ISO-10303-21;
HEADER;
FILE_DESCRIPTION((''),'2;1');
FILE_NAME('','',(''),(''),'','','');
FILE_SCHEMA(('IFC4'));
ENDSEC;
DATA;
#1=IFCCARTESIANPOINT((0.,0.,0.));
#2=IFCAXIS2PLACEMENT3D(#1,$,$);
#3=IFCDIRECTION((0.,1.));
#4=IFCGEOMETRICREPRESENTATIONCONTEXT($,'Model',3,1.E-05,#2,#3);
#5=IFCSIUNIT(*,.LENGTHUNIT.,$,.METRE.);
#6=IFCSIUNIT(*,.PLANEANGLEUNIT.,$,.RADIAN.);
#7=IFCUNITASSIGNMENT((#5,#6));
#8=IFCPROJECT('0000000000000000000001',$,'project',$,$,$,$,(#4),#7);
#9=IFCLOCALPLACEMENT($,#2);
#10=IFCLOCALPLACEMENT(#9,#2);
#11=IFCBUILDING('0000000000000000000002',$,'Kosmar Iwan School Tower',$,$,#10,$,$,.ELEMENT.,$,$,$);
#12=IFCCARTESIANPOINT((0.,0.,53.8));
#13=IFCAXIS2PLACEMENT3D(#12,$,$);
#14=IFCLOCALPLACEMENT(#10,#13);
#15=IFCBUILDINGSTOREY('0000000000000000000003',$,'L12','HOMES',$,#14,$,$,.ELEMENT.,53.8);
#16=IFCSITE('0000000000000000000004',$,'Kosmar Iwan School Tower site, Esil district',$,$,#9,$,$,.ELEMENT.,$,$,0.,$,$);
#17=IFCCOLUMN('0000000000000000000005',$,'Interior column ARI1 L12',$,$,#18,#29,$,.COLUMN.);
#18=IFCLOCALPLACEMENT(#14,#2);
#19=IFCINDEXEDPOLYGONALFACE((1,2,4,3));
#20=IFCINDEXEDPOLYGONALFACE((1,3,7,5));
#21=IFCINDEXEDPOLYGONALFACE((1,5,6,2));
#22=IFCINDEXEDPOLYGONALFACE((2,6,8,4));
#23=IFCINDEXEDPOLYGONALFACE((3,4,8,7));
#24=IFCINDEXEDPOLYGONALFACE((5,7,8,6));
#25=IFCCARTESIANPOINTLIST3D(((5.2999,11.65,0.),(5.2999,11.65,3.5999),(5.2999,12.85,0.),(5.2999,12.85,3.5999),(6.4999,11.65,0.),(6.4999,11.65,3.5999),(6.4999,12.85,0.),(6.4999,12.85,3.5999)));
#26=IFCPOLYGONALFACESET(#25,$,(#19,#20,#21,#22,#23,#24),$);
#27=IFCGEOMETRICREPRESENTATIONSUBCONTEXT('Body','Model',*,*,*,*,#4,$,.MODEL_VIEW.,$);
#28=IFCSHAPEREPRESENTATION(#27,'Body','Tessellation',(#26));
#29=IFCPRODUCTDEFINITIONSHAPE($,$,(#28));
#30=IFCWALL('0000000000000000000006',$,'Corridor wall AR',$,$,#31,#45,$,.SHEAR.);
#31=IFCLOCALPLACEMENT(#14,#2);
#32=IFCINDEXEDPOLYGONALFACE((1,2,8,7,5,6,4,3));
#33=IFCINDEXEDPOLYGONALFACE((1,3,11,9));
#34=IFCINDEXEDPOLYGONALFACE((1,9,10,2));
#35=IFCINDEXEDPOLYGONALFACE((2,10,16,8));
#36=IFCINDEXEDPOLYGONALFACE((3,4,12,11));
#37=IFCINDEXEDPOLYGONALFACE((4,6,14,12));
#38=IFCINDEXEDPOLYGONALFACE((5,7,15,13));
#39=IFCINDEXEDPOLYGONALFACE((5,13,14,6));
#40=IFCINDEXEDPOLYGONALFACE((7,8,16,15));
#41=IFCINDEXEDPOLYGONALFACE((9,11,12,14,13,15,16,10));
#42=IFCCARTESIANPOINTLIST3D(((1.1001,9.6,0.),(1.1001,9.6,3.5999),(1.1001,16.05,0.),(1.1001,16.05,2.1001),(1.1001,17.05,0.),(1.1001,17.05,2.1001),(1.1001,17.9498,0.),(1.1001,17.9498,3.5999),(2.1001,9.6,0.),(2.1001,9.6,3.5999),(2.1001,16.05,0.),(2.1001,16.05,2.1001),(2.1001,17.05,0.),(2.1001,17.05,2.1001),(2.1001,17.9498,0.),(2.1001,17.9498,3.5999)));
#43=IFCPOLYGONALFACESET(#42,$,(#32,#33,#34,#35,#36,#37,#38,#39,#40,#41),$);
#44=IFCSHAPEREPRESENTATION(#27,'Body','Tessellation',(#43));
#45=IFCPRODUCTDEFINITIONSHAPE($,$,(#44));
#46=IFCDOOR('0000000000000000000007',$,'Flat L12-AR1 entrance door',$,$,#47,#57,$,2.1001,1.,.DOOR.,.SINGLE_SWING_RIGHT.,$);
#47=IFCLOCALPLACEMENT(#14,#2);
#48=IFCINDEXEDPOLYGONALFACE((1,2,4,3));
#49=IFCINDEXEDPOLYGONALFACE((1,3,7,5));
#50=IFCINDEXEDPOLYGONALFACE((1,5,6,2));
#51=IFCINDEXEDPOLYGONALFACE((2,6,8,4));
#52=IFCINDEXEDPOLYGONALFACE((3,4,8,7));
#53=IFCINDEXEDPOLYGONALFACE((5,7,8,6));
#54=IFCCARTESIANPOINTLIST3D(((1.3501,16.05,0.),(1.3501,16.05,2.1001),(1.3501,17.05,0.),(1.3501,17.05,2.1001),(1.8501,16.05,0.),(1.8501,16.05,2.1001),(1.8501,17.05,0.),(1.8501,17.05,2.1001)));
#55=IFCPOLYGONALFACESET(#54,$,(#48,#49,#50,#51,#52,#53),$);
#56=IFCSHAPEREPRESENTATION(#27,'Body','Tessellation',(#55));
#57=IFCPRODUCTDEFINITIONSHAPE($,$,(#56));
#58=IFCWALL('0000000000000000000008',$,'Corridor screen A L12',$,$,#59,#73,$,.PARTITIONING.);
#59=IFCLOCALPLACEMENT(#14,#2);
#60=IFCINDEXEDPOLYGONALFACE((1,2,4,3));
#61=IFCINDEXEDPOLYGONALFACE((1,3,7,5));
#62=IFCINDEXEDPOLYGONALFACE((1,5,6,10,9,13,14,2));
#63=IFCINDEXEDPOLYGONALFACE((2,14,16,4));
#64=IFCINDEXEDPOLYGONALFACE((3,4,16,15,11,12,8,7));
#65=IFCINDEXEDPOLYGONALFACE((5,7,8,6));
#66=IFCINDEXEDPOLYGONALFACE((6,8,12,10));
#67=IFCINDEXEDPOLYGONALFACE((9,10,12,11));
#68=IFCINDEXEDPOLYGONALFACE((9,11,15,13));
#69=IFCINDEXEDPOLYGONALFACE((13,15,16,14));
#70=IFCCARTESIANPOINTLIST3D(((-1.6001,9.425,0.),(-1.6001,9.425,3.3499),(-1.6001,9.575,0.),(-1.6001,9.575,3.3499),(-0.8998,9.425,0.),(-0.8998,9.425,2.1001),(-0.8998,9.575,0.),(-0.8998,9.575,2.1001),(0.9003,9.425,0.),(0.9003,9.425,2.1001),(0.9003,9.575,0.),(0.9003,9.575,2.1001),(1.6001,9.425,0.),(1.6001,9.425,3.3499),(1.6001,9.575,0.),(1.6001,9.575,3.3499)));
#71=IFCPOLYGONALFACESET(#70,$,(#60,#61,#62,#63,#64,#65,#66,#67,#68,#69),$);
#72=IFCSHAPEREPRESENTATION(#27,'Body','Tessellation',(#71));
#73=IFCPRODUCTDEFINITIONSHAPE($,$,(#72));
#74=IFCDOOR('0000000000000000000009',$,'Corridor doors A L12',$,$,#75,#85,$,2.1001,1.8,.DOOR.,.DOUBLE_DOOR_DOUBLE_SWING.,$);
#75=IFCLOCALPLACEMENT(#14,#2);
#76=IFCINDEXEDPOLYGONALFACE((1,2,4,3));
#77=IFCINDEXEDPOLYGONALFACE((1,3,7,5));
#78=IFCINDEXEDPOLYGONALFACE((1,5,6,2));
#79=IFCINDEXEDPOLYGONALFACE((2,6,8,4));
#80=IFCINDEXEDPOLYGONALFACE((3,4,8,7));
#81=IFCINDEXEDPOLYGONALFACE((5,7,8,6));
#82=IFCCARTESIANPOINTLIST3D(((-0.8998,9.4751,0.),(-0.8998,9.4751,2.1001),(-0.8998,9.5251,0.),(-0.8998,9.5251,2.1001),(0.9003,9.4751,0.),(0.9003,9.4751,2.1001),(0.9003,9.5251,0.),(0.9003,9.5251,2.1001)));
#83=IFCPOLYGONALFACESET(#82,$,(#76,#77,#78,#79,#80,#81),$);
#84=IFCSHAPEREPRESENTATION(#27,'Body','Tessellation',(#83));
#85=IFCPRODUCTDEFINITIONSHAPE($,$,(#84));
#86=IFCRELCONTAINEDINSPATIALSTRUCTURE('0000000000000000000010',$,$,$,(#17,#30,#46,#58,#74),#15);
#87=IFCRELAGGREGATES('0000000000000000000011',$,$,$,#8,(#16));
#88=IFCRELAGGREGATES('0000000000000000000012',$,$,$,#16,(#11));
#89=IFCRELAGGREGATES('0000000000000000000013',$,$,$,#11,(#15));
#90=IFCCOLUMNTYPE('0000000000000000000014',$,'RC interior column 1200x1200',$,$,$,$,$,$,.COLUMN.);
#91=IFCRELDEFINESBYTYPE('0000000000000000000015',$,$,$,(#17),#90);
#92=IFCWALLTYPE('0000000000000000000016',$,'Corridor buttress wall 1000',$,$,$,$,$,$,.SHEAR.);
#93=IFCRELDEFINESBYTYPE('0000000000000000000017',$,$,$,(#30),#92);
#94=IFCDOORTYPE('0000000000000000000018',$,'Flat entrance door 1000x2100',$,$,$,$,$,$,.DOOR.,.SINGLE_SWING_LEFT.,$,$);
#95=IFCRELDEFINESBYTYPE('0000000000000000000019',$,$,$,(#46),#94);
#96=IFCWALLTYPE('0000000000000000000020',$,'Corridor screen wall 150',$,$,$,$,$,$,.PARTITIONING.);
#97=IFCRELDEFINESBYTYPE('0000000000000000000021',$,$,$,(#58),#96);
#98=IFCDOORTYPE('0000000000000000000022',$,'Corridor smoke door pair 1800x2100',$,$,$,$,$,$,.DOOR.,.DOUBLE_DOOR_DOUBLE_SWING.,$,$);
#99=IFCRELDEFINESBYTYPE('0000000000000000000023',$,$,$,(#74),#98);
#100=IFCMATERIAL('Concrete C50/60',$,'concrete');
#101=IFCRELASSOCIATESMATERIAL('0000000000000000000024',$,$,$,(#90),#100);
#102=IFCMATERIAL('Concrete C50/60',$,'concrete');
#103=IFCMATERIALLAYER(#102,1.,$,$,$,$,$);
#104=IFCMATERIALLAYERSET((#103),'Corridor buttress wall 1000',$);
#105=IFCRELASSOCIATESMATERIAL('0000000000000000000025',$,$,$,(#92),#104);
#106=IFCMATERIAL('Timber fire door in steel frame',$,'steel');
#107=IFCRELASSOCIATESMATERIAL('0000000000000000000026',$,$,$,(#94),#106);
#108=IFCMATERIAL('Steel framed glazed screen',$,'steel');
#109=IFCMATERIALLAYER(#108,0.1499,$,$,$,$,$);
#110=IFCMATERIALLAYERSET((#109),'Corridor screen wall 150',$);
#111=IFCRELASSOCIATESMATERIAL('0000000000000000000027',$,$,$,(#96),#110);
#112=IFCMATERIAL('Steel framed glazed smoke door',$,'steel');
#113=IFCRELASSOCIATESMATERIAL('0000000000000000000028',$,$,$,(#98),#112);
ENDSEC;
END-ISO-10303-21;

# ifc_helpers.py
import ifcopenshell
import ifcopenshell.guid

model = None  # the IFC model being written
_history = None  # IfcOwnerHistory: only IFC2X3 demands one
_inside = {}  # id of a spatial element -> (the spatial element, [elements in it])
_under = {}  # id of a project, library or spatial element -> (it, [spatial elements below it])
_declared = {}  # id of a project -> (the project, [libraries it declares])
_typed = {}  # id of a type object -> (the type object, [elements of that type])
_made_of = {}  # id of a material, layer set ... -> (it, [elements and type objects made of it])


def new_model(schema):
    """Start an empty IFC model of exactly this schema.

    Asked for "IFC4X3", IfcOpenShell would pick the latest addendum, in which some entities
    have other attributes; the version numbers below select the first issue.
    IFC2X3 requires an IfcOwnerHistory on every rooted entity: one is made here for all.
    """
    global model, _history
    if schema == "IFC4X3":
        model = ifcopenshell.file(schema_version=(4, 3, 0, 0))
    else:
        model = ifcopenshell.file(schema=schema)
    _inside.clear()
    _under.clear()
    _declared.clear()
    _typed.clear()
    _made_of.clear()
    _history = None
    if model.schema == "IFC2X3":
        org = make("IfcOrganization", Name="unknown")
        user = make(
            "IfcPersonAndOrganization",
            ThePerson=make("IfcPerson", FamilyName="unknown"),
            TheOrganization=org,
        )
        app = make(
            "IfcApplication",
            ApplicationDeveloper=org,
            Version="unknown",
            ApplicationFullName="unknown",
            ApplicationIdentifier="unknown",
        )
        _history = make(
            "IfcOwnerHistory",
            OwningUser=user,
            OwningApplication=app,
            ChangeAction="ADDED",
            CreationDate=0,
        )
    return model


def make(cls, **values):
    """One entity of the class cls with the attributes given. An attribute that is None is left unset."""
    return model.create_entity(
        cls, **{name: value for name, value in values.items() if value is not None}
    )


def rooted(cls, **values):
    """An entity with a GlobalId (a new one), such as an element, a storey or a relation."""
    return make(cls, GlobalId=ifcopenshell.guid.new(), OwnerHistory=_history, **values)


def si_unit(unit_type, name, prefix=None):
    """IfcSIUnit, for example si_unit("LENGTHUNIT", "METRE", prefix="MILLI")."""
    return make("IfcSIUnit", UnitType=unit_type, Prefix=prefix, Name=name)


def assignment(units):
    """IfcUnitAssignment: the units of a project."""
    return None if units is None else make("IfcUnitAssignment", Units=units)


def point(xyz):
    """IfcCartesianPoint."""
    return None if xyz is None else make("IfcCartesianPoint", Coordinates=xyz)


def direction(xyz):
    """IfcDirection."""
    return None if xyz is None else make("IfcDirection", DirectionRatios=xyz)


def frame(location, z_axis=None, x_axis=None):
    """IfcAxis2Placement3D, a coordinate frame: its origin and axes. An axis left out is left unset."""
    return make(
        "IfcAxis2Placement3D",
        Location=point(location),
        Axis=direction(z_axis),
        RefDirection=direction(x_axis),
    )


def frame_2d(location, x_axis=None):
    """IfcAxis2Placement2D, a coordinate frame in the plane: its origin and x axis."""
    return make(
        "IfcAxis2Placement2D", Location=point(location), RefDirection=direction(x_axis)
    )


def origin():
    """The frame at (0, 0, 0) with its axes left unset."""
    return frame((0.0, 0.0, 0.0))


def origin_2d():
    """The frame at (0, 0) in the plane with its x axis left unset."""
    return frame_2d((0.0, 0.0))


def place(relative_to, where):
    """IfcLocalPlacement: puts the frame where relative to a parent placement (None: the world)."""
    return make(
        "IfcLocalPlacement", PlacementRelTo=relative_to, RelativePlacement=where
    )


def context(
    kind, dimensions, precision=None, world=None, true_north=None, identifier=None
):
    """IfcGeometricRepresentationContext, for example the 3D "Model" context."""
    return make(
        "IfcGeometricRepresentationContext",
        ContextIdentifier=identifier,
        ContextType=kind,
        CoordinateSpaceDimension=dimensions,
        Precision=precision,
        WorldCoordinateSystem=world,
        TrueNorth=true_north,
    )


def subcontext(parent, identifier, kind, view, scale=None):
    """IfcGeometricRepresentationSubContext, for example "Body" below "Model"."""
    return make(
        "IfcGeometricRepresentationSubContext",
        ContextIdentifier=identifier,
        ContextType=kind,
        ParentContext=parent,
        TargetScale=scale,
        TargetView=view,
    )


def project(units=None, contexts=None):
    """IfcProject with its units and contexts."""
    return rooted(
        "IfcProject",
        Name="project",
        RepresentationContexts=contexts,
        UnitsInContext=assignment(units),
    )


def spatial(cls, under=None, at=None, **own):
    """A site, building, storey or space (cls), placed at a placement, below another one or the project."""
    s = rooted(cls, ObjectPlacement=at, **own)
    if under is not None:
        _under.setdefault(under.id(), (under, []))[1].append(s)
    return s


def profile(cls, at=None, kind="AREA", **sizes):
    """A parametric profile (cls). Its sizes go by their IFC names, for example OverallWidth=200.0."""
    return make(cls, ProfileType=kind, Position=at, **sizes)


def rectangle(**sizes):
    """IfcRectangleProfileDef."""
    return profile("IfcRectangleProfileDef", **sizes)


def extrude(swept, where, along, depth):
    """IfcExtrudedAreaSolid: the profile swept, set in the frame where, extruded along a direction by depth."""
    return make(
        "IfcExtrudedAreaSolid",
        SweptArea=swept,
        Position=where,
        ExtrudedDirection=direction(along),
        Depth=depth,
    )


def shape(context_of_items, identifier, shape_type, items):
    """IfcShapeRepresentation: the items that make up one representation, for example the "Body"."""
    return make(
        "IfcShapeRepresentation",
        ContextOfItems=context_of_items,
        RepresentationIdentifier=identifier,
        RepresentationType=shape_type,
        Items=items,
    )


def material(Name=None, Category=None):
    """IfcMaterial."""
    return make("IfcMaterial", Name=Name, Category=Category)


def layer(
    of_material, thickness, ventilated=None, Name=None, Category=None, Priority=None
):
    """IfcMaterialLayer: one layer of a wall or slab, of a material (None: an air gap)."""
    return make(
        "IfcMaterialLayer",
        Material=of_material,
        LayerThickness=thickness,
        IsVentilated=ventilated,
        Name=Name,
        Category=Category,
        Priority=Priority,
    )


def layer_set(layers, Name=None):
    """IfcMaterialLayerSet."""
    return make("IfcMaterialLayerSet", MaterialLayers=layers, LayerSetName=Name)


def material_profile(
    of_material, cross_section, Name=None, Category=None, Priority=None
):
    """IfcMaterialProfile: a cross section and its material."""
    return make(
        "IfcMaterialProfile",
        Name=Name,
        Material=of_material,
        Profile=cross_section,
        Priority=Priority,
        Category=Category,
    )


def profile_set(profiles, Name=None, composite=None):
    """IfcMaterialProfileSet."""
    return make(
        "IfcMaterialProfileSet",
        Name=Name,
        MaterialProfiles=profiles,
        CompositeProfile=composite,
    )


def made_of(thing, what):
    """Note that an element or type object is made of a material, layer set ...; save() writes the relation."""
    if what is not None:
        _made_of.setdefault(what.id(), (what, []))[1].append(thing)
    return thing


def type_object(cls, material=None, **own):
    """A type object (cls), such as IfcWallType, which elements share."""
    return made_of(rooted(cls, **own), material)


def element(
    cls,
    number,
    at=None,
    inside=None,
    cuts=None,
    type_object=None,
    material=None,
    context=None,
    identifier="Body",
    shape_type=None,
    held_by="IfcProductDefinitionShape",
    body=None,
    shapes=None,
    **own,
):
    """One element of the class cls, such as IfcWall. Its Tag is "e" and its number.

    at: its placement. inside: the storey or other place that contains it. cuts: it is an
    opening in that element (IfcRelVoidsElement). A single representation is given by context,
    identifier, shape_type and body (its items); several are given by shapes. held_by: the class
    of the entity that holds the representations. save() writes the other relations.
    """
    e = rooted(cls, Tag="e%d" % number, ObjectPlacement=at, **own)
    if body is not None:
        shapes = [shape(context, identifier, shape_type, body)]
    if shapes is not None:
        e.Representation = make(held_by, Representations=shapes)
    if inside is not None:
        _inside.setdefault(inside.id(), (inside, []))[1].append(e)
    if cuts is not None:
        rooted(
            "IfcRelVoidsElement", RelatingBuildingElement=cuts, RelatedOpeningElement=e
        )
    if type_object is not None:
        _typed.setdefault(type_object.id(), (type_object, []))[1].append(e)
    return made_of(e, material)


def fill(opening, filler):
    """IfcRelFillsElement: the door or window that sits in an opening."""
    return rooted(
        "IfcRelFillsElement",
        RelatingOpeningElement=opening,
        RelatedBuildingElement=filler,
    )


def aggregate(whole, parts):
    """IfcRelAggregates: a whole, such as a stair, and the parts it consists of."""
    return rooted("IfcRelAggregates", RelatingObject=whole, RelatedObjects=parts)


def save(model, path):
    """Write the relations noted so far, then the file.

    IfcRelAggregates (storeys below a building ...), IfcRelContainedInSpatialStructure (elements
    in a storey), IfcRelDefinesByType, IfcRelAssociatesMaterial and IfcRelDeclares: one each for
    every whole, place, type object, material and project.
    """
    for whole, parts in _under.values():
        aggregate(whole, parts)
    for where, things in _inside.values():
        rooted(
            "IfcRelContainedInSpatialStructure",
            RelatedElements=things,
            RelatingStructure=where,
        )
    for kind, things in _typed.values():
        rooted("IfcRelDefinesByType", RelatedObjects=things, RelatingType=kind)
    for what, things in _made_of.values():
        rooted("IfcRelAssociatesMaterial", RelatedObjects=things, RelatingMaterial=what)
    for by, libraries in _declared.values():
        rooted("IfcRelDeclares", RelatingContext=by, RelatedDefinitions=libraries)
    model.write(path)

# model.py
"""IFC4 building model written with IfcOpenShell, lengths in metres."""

from ifc_helpers import new_model, si_unit, direction, frame, frame_2d, origin, origin_2d, place, context, subcontext, project, spatial, rectangle, extrude, material, layer, layer_set, material_profile, profile_set, type_object, element, fill, save


model = new_model("IFC4")

# Units and contexts
model_context = context("Model", 3, precision=1e-05, world=origin(), true_north=direction((0.0, 1.0)))
body_context = subcontext(model_context, "Body", "Model", "MODEL_VIEW")
ifc_project = project(units=[si_unit("LENGTHUNIT", "METRE"), si_unit("PLANEANGLEUNIT", "RADIAN")], contexts=[model_context])

# Site, building, storey
site_placement = place(None, origin())
site = spatial("IfcSite", under=ifc_project, at=site_placement, Name="Kosmar Iwan School Tower site, Esil district", CompositionType="ELEMENT", RefElevation=0.0)
building_placement = place(site_placement, origin())
building = spatial("IfcBuilding", under=site, at=building_placement, Name="Kosmar Iwan School Tower", CompositionType="ELEMENT")
storey_placement = place(building_placement, frame((0.0, 0.0, 53.8)))
storey = spatial("IfcBuildingStorey", under=building, at=storey_placement, Name="L12", Description="HOMES", CompositionType="ELEMENT", Elevation=53.8)

# Column
ifc_material_1 = material(Name="Concrete C50/60", Category="concrete")
ifc_material_profile = material_profile(ifc_material_1, rectangle(XDim=1.2, YDim=1.2, at=origin_2d()), Name="RC 1200x1200")
ifc_profile_set = profile_set([ifc_material_profile], Name="Concrete C50/60")
column_type = type_object("IfcColumnType", Name="RC interior column 1200x1200", PredefinedType="COLUMN", material=ifc_profile_set)
column_placement = place(storey_placement, frame((5.8999, 12.25, 0.0), z_axis=(0.0, 0.0, 1.0), x_axis=(0.0, 1.0, 0.0)))
element("IfcColumn", 1, at=column_placement, inside=storey, type_object=column_type, Name="Interior column ARI1 L12", PredefinedType="COLUMN", context=body_context, shape_type="SweptSolid", body=[
    extrude(rectangle(XDim=1.2, YDim=1.2, at=origin_2d()), origin(), (0.0, 0.0, 1.0), 3.5999),
])

# Walls, openings, doors
ifc_material_2 = material(Name="Concrete C50/60", Category="concrete")
ifc_layer_1 = layer(ifc_material_2, 1.0)
ifc_layer_set_1 = layer_set([ifc_layer_1], Name="Corridor buttress wall 1000")
wall_type_1 = type_object("IfcWallType", Name="Corridor buttress wall 1000", PredefinedType="SHEAR", material=ifc_layer_set_1)
wall_1_placement = place(storey_placement, frame((1.6001, 9.6001, 0.0), z_axis=(0.0, 0.0, 1.0), x_axis=(0.0, 1.0, 0.0)))
wall_1 = element("IfcWall", 2, at=wall_1_placement, inside=storey, type_object=wall_type_1, Name="Corridor wall AR", PredefinedType="SHEAR", context=body_context, shape_type="SweptSolid", body=[
    extrude(rectangle(XDim=8.3499, YDim=1.0, at=frame_2d((4.1748, 0.0))), origin(), (0.0, 0.0, 1.0), 3.5999),
])
opening_1_placement = place(wall_1_placement, frame((6.45, 0.0, 0.0)))
opening_1 = element("IfcOpeningElement", 3, at=opening_1_placement, cuts=wall_1, PredefinedType="OPENING", context=body_context, shape_type="SweptSolid", body=[
    extrude(rectangle(XDim=1.0, YDim=2.1001, at=frame_2d((0.5, 1.05))), frame((0.0, 0.512, 0.0), z_axis=(0.0, -1.0, 0.0), x_axis=(1.0, 0.0, 0.0)), (0.0, 0.0, 1.0), 1.0239),
])
ifc_material_3 = material(Name="Timber fire door in steel frame", Category="steel")
door_type_1 = type_object("IfcDoorType", Name="Flat entrance door 1000x2100", OperationType="SINGLE_SWING_LEFT", PredefinedType="DOOR", material=ifc_material_3)
door_1_placement = place(opening_1_placement, origin())
door_1 = element("IfcDoor", 4, at=door_1_placement, inside=storey, type_object=door_type_1, Name="Flat L12-AR1 entrance door", OperationType="SINGLE_SWING_RIGHT", OverallHeight=2.1001, OverallWidth=1.0, PredefinedType="DOOR", context=body_context, shape_type="SweptSolid", body=[
    extrude(rectangle(XDim=1.0, YDim=2.1001, at=frame_2d((0.5, 1.05))), frame((0.0, 0.25, 0.0), z_axis=(0.0, -1.0, 0.0), x_axis=(1.0, 0.0, 0.0)), (0.0, 0.0, 1.0), 0.5),
])
fill(opening_1, door_1)
ifc_material_4 = material(Name="Steel framed glazed screen", Category="steel")
ifc_layer_2 = layer(ifc_material_4, 0.1499)
ifc_layer_set_2 = layer_set([ifc_layer_2], Name="Corridor screen wall 150")
wall_type_2 = type_object("IfcWallType", Name="Corridor screen wall 150", PredefinedType="PARTITIONING", material=ifc_layer_set_2)
wall_2_placement = place(storey_placement, frame((1.6001, 9.5, 0.0), z_axis=(0.0, 0.0, 1.0), x_axis=(-1.0, 0.0, 0.0)))
wall_2 = element("IfcWall", 5, at=wall_2_placement, inside=storey, type_object=wall_type_2, Name="Corridor screen A L12", PredefinedType="PARTITIONING", context=body_context, shape_type="SweptSolid", body=[
    extrude(rectangle(XDim=3.2002, YDim=0.1499, at=frame_2d((1.6001, 0.0))), origin(), (0.0, 0.0, 1.0), 3.3499),
])
opening_2_placement = place(wall_2_placement, frame((0.7, 0.0, 0.0)))
opening_2 = element("IfcOpeningElement", 6, at=opening_2_placement, cuts=wall_2, PredefinedType="OPENING", context=body_context, shape_type="SweptSolid", body=[
    extrude(rectangle(XDim=1.8, YDim=2.1001, at=frame_2d((0.8999, 1.05))), frame((0.0, 0.0869, 0.0), z_axis=(0.0, -1.0, 0.0), x_axis=(1.0, 0.0, 0.0)), (0.0, 0.0, 1.0), 0.1738),
])
ifc_material_5 = material(Name="Steel framed glazed smoke door", Category="steel")
door_type_2 = type_object("IfcDoorType", Name="Corridor smoke door pair 1800x2100", OperationType="DOUBLE_DOOR_DOUBLE_SWING", PredefinedType="DOOR", material=ifc_material_5)
door_2_placement = place(opening_2_placement, origin())
door_2 = element("IfcDoor", 7, at=door_2_placement, inside=storey, type_object=door_type_2, Name="Corridor doors A L12", OperationType="DOUBLE_DOOR_DOUBLE_SWING", OverallHeight=2.1001, OverallWidth=1.8, PredefinedType="DOOR", context=body_context, shape_type="SweptSolid", body=[
    extrude(rectangle(XDim=1.8, YDim=2.1001, at=frame_2d((0.8999, 1.05))), frame((0.0, 0.0249, 0.0), z_axis=(0.0, -1.0, 0.0), x_axis=(1.0, 0.0, 0.0)), (0.0, 0.0, 1.0), 0.05),
])
fill(opening_2, door_2)

save(model, "model.ifc")
